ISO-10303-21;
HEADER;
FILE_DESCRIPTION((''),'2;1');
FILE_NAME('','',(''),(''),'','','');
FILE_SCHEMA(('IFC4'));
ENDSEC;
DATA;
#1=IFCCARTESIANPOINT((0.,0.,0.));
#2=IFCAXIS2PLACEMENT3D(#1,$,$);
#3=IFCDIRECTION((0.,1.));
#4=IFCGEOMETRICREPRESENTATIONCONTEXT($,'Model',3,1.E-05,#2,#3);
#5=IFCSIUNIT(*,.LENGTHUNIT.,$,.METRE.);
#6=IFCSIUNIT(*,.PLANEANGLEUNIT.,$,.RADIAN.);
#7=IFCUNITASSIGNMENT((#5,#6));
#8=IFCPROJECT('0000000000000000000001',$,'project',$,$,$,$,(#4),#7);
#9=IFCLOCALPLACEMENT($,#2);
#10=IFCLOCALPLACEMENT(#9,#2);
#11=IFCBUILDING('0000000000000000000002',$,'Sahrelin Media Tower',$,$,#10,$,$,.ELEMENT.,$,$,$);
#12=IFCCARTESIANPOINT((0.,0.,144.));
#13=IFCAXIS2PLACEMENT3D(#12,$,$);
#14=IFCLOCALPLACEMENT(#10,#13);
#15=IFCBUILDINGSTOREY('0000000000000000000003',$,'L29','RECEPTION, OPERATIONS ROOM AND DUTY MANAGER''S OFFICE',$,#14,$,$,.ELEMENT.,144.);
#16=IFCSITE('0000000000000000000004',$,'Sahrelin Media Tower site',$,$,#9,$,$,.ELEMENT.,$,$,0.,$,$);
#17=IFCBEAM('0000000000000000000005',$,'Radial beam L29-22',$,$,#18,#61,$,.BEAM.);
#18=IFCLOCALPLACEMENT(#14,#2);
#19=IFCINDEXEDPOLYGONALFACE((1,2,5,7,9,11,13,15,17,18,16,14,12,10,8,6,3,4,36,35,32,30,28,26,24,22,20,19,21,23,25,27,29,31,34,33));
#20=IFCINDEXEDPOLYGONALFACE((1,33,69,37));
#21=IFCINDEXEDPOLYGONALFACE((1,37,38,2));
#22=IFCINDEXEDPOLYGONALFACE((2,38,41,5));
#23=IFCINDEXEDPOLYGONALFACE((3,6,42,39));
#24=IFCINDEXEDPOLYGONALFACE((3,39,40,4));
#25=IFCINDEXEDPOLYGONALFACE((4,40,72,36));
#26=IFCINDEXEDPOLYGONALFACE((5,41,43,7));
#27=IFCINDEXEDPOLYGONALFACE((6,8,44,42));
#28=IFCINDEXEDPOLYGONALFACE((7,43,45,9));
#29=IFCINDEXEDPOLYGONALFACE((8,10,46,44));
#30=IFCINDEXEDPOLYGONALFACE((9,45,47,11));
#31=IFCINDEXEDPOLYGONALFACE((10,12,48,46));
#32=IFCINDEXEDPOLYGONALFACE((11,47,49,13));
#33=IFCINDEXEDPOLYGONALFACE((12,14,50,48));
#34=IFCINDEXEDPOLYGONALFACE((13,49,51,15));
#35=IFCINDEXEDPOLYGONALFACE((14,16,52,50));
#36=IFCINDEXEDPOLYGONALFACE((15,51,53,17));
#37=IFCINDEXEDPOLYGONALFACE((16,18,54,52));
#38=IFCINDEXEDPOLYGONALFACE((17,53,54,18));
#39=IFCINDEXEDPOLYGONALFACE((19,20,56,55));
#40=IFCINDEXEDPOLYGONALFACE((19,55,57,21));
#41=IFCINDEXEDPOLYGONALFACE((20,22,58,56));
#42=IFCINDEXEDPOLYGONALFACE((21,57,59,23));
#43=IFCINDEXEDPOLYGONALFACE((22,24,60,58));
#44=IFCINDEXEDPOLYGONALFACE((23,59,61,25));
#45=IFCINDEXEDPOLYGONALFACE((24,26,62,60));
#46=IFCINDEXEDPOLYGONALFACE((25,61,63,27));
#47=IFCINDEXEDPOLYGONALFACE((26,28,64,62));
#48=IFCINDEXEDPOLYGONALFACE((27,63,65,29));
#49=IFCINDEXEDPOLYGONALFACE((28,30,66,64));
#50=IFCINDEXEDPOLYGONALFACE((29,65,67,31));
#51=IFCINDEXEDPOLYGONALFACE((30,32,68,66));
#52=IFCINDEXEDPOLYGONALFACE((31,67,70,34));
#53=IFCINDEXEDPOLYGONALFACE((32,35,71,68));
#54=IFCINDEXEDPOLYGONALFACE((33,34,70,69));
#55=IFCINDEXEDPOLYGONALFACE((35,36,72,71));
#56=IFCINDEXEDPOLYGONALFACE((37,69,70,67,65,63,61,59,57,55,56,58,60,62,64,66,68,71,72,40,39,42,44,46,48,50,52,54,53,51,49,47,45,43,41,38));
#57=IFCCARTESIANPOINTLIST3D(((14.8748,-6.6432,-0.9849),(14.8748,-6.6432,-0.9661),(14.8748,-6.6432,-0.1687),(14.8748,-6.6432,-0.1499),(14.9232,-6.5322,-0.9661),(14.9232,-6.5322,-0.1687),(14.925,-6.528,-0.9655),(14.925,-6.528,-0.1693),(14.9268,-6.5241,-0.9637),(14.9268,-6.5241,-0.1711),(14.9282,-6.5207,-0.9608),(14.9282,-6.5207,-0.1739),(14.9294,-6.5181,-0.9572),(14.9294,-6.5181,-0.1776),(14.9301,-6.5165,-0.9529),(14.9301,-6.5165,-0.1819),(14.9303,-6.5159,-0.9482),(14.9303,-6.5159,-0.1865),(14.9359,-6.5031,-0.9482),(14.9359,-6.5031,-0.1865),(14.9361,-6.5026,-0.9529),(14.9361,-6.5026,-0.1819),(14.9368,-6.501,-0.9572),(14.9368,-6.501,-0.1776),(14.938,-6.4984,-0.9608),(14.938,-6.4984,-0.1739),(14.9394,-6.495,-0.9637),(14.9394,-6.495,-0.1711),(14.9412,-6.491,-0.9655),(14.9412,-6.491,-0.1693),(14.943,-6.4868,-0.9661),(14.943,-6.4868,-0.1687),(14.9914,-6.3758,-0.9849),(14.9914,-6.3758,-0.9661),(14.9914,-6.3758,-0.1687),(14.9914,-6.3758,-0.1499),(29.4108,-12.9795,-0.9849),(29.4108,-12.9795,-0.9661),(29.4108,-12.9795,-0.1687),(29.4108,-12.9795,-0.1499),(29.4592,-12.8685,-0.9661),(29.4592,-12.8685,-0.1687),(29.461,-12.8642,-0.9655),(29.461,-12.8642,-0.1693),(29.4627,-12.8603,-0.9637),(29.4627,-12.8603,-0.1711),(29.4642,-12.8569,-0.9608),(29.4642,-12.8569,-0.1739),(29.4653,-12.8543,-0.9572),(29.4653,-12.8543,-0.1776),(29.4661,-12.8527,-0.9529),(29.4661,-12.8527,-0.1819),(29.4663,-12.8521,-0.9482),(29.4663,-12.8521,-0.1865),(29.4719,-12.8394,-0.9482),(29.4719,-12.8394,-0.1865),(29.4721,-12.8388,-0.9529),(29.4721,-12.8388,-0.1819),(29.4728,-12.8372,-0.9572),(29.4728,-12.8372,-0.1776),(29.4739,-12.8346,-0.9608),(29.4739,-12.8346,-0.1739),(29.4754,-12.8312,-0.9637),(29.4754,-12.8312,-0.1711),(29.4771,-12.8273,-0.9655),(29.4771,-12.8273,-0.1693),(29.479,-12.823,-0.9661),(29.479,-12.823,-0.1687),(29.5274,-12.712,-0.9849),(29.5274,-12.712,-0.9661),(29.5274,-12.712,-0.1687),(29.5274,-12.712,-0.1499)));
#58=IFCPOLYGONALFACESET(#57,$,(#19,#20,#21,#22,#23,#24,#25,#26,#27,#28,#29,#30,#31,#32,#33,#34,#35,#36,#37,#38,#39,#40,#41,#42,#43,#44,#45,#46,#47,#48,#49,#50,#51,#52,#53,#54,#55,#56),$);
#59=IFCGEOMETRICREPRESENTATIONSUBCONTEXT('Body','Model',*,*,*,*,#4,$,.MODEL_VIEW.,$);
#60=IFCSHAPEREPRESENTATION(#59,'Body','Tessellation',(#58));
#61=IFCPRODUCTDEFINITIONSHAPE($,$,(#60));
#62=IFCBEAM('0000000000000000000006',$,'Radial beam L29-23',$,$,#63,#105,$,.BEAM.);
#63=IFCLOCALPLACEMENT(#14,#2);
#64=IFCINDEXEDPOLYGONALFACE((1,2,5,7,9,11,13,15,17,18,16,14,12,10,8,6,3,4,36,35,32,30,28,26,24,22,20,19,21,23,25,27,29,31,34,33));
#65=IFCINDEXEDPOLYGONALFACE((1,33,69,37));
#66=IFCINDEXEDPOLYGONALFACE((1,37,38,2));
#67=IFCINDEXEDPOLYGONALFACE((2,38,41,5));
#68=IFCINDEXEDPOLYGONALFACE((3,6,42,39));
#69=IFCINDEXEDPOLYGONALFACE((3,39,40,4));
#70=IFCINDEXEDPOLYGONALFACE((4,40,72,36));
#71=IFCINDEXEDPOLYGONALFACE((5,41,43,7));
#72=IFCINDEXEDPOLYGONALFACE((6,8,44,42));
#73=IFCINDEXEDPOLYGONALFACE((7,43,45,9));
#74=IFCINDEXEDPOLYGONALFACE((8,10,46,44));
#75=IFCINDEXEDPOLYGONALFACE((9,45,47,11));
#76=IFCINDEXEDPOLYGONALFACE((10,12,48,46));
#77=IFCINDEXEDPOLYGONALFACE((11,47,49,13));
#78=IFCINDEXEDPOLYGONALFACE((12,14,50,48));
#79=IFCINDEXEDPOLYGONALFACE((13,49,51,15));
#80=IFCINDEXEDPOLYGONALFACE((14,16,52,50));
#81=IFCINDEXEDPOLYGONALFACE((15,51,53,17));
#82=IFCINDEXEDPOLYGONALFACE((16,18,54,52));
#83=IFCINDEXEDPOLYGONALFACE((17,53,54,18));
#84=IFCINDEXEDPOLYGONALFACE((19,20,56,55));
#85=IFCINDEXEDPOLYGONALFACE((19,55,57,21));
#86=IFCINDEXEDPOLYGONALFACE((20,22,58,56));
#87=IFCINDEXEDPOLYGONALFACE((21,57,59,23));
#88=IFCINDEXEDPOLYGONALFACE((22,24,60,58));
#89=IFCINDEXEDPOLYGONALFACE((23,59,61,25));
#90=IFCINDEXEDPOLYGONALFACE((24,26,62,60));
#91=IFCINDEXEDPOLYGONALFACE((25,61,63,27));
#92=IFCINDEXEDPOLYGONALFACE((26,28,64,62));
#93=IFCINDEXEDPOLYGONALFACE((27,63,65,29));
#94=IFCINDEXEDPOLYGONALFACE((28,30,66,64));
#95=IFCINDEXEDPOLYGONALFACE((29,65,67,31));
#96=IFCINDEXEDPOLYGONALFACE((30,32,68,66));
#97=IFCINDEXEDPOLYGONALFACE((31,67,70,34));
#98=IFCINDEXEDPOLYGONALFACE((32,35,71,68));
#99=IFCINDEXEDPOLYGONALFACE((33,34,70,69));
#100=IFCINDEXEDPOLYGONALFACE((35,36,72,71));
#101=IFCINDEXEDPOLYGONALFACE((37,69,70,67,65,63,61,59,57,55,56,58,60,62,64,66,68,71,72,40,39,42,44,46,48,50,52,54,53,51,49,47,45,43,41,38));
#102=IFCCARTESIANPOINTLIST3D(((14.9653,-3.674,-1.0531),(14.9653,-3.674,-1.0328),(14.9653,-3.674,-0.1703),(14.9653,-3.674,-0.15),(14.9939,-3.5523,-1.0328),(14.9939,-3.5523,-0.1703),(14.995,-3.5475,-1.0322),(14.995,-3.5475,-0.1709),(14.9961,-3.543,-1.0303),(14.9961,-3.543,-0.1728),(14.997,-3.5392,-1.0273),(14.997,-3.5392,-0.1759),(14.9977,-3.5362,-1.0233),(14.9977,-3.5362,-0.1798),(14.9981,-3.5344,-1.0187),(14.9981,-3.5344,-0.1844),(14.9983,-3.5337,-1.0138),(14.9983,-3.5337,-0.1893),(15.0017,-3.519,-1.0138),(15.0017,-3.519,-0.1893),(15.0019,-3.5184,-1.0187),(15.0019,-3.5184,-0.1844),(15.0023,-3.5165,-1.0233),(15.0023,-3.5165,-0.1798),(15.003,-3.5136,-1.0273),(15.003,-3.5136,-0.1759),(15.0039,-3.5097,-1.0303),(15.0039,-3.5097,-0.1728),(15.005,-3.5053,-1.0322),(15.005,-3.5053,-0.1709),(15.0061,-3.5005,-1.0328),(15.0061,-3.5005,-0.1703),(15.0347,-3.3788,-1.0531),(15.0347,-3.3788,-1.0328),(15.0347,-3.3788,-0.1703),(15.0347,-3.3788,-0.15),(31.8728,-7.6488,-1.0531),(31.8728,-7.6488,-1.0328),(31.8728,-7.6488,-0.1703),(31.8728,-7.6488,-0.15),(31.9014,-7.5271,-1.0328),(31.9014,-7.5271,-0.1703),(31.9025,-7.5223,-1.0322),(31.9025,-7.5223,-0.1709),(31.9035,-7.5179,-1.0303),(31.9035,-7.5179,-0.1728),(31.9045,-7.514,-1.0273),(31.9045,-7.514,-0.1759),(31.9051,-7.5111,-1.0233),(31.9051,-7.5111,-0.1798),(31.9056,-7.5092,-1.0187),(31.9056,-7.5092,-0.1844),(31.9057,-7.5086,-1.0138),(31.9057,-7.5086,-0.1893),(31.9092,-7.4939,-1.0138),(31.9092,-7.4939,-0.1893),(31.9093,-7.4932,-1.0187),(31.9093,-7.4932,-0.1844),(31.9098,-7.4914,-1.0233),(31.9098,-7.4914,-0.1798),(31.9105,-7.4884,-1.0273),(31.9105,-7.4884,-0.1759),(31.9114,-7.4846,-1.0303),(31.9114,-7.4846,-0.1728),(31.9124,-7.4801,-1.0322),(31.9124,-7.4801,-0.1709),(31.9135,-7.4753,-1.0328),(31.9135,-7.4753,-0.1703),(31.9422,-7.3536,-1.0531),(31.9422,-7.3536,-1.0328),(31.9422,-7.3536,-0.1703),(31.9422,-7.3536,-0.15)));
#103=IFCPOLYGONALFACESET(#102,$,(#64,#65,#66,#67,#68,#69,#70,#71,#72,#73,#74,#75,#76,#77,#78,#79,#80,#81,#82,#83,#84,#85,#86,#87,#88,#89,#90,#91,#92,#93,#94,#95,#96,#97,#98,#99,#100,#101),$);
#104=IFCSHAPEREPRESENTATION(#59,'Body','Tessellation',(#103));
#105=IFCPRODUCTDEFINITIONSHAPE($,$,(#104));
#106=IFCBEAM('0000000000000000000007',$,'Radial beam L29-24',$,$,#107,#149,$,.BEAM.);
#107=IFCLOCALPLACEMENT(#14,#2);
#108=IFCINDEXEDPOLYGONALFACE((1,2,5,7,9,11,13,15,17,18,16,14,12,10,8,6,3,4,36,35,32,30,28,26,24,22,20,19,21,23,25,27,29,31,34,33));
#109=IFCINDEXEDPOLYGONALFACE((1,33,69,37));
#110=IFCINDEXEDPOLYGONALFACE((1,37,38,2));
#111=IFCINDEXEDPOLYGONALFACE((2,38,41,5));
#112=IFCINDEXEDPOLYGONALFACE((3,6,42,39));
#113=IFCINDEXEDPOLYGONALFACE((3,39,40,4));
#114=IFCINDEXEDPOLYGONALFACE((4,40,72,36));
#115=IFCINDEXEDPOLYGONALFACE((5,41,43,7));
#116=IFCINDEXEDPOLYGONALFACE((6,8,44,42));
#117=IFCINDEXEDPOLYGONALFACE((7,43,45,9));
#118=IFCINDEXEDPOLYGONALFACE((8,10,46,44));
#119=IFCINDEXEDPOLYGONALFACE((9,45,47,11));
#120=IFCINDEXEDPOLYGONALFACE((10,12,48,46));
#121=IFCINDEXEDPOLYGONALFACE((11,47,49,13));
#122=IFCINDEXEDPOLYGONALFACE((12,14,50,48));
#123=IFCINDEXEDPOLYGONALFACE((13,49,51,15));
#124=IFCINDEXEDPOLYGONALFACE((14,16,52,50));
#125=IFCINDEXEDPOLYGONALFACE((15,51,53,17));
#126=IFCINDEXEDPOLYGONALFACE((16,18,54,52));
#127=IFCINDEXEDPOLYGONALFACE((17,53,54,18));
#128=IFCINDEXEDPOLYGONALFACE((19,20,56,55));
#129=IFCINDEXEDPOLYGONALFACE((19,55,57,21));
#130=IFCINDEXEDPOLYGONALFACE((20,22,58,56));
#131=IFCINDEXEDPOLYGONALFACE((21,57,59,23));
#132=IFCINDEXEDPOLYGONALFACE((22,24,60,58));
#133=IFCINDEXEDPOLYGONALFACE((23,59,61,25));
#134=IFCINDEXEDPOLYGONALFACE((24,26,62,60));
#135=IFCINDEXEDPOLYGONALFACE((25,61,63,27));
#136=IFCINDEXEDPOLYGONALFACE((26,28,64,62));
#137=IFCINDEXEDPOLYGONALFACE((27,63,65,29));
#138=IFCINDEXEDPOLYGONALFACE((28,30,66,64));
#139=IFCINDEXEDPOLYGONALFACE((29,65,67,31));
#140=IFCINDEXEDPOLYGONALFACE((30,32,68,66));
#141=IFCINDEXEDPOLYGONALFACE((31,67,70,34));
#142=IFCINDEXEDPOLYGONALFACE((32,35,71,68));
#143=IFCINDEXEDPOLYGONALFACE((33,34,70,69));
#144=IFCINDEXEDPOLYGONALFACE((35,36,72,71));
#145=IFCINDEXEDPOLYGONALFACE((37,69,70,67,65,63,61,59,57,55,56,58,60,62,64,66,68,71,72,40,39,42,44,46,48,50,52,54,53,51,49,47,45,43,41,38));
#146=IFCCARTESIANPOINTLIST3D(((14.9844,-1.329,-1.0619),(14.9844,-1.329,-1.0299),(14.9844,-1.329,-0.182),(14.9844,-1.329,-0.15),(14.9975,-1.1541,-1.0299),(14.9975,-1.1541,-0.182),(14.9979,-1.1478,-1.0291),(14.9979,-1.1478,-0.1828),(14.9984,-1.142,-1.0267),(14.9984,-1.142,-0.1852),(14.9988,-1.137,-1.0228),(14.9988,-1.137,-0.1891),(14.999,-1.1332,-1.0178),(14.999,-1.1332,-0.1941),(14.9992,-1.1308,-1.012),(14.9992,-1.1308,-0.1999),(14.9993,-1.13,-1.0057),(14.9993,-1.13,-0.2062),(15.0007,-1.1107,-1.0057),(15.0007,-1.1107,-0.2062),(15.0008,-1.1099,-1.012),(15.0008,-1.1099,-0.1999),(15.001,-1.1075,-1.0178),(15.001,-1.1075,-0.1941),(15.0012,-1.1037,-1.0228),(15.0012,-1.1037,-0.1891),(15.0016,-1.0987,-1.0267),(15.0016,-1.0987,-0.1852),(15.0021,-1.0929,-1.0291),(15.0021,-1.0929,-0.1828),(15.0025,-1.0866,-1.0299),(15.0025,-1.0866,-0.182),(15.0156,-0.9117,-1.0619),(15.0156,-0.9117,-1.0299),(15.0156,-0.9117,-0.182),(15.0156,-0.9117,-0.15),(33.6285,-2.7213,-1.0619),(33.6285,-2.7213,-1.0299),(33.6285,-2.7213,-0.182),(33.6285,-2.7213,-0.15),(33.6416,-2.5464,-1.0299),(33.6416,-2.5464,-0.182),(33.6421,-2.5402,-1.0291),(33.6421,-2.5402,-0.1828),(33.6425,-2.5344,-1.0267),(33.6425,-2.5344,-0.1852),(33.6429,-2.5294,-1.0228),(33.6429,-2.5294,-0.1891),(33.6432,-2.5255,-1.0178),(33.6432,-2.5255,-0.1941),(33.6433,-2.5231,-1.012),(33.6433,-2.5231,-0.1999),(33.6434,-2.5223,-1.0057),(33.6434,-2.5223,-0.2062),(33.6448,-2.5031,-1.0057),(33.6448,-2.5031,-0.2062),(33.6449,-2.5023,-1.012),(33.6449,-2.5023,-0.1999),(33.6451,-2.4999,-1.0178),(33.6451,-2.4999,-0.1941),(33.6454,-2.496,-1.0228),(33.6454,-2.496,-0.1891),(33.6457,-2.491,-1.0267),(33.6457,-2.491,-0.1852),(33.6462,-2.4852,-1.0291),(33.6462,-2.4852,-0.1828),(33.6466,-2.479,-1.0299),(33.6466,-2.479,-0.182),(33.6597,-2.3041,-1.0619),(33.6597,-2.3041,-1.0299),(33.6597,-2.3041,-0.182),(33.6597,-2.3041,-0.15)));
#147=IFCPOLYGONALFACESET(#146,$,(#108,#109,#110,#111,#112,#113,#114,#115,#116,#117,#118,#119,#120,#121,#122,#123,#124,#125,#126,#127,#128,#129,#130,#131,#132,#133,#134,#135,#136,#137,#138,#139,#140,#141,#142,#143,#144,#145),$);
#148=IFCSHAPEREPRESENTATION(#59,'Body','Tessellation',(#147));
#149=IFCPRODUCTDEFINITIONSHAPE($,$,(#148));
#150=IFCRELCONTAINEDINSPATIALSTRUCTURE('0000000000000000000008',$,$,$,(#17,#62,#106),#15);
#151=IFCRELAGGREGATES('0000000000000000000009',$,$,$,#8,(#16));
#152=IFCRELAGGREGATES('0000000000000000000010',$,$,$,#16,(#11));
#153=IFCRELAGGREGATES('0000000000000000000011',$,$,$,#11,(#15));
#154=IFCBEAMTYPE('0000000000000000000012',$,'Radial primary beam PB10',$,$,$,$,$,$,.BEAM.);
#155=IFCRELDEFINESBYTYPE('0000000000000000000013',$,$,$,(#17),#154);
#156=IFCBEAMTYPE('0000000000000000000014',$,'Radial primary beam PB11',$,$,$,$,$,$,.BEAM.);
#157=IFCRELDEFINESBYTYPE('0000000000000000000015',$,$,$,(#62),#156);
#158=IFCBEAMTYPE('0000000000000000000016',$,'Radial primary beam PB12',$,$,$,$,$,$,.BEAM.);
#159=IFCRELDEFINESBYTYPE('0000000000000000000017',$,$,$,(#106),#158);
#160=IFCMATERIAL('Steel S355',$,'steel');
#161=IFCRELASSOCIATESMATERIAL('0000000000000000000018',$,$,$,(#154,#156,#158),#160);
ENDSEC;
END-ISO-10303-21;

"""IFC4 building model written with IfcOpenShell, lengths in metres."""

from ifc_helpers import new_model, si_unit, direction, frame, origin, origin_2d, place, context, subcontext, project, spatial, i_section, extrude, material, material_profile, profile_set, type_object, element, save


model = new_model("IFC4")

# Units and contexts
model_context = context("Model", 3, precision=1e-05, world=origin(), true_north=direction((0.0, 1.0)))
body_context = subcontext(model_context, "Body", "Model", "MODEL_VIEW")
ifc_project = project(units=[si_unit("LENGTHUNIT", "METRE"), si_unit("PLANEANGLEUNIT", "RADIAN")], contexts=[model_context])

# Site, building, storey
site_placement = place(None, origin())
site = spatial("IfcSite", under=ifc_project, at=site_placement, Name="Sahrelin Media Tower site", CompositionType="ELEMENT", RefElevation=0.0)
building_placement = place(site_placement, origin())
building = spatial("IfcBuilding", under=site, at=building_placement, Name="Sahrelin Media Tower", CompositionType="ELEMENT")
storey_placement = place(building_placement, frame((0.0, 0.0, 144.0)))
storey = spatial("IfcBuildingStorey", under=building, at=storey_placement, Name="L29", Description="RECEPTION, OPERATIONS ROOM AND DUTY MANAGER'S OFFICE", CompositionType="ELEMENT", Elevation=144.0)

# Beams
ifc_material_1 = material(Name="Steel S355", Category="steel")
ifc_material_profile_1 = material_profile(ifc_material_1, i_section(OverallWidth=0.2917, OverallDepth=0.835, WebThickness=0.0139, FlangeThickness=0.0188, FilletRadius=0.0178, at=origin_2d()), Name="UB 838x292x176")
ifc_profile_set_1 = profile_set([ifc_material_profile_1], Name="Steel S355")
beam_type_1 = type_object("IfcBeamType", Name="Radial primary beam PB10", PredefinedType="BEAM", material=ifc_profile_set_1)
beam_1_placement = place(storey_placement, frame((14.9331, -6.5095, -0.5674), z_axis=(0.916695, -0.399587, 0.0), x_axis=(0.399587, 0.916695, 0.0)))
element("IfcBeam", 1, at=beam_1_placement, inside=storey, type_object=beam_type_1, Name="Radial beam L29-22", PredefinedType="BEAM", context=body_context, shape_type="SweptSolid", body=[
    extrude(i_section(OverallWidth=0.2917, OverallDepth=0.835, WebThickness=0.0139, FlangeThickness=0.0188, FilletRadius=0.0178, at=origin_2d()), origin(), (0.0, 0.0, 1.0), 15.8569),
])
ifc_material_profile_2 = material_profile(ifc_material_1, i_section(OverallWidth=0.3032, OverallDepth=0.9031, WebThickness=0.0151, FlangeThickness=0.0203, FilletRadius=0.019, at=origin_2d()), Name="UB 914x305x201")
ifc_profile_set_2 = profile_set([ifc_material_profile_2], Name="Steel S355")
beam_type_2 = type_object("IfcBeamType", Name="Radial primary beam PB11", PredefinedType="BEAM", material=ifc_profile_set_2)
beam_2_placement = place(storey_placement, frame((15.0, -3.5264, -0.6016), z_axis=(0.97346, -0.228855, 0.0), x_axis=(0.228855, 0.97346, 0.0)))
element("IfcBeam", 2, at=beam_2_placement, inside=storey, type_object=beam_type_2, Name="Radial beam L29-23", PredefinedType="BEAM", context=body_context, shape_type="SweptSolid", body=[
    extrude(i_section(OverallWidth=0.3032, OverallDepth=0.9031, WebThickness=0.0151, FlangeThickness=0.0203, FilletRadius=0.019, at=origin_2d()), origin(), (0.0, 0.0, 1.0), 17.3684),
])
ifc_material_profile_3 = material_profile(ifc_material_1, i_section(OverallWidth=0.4185, OverallDepth=0.9119, WebThickness=0.0193, FlangeThickness=0.032, FilletRadius=0.0242, at=origin_2d()), Name="UB 914x419x343")
ifc_profile_set_3 = profile_set([ifc_material_profile_3], Name="Steel S355")
beam_type_3 = type_object("IfcBeamType", Name="Radial primary beam PB12", PredefinedType="BEAM", material=ifc_profile_set_3)
beam_3_placement = place(storey_placement, frame((15.0, -1.1204, -0.606), z_axis=(0.997223, -0.074472, 0.0), x_axis=(0.074472, 0.997223, 0.0)))
element("IfcBeam", 3, at=beam_3_placement, inside=storey, type_object=beam_type_3, Name="Radial beam L29-24", PredefinedType="BEAM", context=body_context, shape_type="SweptSolid", body=[
    extrude(i_section(OverallWidth=0.4185, OverallDepth=0.9119, WebThickness=0.0193, FlangeThickness=0.032, FilletRadius=0.0242, at=origin_2d()), origin(), (0.0, 0.0, 1.0), 18.696),
])

save(model, "model.ifc")
